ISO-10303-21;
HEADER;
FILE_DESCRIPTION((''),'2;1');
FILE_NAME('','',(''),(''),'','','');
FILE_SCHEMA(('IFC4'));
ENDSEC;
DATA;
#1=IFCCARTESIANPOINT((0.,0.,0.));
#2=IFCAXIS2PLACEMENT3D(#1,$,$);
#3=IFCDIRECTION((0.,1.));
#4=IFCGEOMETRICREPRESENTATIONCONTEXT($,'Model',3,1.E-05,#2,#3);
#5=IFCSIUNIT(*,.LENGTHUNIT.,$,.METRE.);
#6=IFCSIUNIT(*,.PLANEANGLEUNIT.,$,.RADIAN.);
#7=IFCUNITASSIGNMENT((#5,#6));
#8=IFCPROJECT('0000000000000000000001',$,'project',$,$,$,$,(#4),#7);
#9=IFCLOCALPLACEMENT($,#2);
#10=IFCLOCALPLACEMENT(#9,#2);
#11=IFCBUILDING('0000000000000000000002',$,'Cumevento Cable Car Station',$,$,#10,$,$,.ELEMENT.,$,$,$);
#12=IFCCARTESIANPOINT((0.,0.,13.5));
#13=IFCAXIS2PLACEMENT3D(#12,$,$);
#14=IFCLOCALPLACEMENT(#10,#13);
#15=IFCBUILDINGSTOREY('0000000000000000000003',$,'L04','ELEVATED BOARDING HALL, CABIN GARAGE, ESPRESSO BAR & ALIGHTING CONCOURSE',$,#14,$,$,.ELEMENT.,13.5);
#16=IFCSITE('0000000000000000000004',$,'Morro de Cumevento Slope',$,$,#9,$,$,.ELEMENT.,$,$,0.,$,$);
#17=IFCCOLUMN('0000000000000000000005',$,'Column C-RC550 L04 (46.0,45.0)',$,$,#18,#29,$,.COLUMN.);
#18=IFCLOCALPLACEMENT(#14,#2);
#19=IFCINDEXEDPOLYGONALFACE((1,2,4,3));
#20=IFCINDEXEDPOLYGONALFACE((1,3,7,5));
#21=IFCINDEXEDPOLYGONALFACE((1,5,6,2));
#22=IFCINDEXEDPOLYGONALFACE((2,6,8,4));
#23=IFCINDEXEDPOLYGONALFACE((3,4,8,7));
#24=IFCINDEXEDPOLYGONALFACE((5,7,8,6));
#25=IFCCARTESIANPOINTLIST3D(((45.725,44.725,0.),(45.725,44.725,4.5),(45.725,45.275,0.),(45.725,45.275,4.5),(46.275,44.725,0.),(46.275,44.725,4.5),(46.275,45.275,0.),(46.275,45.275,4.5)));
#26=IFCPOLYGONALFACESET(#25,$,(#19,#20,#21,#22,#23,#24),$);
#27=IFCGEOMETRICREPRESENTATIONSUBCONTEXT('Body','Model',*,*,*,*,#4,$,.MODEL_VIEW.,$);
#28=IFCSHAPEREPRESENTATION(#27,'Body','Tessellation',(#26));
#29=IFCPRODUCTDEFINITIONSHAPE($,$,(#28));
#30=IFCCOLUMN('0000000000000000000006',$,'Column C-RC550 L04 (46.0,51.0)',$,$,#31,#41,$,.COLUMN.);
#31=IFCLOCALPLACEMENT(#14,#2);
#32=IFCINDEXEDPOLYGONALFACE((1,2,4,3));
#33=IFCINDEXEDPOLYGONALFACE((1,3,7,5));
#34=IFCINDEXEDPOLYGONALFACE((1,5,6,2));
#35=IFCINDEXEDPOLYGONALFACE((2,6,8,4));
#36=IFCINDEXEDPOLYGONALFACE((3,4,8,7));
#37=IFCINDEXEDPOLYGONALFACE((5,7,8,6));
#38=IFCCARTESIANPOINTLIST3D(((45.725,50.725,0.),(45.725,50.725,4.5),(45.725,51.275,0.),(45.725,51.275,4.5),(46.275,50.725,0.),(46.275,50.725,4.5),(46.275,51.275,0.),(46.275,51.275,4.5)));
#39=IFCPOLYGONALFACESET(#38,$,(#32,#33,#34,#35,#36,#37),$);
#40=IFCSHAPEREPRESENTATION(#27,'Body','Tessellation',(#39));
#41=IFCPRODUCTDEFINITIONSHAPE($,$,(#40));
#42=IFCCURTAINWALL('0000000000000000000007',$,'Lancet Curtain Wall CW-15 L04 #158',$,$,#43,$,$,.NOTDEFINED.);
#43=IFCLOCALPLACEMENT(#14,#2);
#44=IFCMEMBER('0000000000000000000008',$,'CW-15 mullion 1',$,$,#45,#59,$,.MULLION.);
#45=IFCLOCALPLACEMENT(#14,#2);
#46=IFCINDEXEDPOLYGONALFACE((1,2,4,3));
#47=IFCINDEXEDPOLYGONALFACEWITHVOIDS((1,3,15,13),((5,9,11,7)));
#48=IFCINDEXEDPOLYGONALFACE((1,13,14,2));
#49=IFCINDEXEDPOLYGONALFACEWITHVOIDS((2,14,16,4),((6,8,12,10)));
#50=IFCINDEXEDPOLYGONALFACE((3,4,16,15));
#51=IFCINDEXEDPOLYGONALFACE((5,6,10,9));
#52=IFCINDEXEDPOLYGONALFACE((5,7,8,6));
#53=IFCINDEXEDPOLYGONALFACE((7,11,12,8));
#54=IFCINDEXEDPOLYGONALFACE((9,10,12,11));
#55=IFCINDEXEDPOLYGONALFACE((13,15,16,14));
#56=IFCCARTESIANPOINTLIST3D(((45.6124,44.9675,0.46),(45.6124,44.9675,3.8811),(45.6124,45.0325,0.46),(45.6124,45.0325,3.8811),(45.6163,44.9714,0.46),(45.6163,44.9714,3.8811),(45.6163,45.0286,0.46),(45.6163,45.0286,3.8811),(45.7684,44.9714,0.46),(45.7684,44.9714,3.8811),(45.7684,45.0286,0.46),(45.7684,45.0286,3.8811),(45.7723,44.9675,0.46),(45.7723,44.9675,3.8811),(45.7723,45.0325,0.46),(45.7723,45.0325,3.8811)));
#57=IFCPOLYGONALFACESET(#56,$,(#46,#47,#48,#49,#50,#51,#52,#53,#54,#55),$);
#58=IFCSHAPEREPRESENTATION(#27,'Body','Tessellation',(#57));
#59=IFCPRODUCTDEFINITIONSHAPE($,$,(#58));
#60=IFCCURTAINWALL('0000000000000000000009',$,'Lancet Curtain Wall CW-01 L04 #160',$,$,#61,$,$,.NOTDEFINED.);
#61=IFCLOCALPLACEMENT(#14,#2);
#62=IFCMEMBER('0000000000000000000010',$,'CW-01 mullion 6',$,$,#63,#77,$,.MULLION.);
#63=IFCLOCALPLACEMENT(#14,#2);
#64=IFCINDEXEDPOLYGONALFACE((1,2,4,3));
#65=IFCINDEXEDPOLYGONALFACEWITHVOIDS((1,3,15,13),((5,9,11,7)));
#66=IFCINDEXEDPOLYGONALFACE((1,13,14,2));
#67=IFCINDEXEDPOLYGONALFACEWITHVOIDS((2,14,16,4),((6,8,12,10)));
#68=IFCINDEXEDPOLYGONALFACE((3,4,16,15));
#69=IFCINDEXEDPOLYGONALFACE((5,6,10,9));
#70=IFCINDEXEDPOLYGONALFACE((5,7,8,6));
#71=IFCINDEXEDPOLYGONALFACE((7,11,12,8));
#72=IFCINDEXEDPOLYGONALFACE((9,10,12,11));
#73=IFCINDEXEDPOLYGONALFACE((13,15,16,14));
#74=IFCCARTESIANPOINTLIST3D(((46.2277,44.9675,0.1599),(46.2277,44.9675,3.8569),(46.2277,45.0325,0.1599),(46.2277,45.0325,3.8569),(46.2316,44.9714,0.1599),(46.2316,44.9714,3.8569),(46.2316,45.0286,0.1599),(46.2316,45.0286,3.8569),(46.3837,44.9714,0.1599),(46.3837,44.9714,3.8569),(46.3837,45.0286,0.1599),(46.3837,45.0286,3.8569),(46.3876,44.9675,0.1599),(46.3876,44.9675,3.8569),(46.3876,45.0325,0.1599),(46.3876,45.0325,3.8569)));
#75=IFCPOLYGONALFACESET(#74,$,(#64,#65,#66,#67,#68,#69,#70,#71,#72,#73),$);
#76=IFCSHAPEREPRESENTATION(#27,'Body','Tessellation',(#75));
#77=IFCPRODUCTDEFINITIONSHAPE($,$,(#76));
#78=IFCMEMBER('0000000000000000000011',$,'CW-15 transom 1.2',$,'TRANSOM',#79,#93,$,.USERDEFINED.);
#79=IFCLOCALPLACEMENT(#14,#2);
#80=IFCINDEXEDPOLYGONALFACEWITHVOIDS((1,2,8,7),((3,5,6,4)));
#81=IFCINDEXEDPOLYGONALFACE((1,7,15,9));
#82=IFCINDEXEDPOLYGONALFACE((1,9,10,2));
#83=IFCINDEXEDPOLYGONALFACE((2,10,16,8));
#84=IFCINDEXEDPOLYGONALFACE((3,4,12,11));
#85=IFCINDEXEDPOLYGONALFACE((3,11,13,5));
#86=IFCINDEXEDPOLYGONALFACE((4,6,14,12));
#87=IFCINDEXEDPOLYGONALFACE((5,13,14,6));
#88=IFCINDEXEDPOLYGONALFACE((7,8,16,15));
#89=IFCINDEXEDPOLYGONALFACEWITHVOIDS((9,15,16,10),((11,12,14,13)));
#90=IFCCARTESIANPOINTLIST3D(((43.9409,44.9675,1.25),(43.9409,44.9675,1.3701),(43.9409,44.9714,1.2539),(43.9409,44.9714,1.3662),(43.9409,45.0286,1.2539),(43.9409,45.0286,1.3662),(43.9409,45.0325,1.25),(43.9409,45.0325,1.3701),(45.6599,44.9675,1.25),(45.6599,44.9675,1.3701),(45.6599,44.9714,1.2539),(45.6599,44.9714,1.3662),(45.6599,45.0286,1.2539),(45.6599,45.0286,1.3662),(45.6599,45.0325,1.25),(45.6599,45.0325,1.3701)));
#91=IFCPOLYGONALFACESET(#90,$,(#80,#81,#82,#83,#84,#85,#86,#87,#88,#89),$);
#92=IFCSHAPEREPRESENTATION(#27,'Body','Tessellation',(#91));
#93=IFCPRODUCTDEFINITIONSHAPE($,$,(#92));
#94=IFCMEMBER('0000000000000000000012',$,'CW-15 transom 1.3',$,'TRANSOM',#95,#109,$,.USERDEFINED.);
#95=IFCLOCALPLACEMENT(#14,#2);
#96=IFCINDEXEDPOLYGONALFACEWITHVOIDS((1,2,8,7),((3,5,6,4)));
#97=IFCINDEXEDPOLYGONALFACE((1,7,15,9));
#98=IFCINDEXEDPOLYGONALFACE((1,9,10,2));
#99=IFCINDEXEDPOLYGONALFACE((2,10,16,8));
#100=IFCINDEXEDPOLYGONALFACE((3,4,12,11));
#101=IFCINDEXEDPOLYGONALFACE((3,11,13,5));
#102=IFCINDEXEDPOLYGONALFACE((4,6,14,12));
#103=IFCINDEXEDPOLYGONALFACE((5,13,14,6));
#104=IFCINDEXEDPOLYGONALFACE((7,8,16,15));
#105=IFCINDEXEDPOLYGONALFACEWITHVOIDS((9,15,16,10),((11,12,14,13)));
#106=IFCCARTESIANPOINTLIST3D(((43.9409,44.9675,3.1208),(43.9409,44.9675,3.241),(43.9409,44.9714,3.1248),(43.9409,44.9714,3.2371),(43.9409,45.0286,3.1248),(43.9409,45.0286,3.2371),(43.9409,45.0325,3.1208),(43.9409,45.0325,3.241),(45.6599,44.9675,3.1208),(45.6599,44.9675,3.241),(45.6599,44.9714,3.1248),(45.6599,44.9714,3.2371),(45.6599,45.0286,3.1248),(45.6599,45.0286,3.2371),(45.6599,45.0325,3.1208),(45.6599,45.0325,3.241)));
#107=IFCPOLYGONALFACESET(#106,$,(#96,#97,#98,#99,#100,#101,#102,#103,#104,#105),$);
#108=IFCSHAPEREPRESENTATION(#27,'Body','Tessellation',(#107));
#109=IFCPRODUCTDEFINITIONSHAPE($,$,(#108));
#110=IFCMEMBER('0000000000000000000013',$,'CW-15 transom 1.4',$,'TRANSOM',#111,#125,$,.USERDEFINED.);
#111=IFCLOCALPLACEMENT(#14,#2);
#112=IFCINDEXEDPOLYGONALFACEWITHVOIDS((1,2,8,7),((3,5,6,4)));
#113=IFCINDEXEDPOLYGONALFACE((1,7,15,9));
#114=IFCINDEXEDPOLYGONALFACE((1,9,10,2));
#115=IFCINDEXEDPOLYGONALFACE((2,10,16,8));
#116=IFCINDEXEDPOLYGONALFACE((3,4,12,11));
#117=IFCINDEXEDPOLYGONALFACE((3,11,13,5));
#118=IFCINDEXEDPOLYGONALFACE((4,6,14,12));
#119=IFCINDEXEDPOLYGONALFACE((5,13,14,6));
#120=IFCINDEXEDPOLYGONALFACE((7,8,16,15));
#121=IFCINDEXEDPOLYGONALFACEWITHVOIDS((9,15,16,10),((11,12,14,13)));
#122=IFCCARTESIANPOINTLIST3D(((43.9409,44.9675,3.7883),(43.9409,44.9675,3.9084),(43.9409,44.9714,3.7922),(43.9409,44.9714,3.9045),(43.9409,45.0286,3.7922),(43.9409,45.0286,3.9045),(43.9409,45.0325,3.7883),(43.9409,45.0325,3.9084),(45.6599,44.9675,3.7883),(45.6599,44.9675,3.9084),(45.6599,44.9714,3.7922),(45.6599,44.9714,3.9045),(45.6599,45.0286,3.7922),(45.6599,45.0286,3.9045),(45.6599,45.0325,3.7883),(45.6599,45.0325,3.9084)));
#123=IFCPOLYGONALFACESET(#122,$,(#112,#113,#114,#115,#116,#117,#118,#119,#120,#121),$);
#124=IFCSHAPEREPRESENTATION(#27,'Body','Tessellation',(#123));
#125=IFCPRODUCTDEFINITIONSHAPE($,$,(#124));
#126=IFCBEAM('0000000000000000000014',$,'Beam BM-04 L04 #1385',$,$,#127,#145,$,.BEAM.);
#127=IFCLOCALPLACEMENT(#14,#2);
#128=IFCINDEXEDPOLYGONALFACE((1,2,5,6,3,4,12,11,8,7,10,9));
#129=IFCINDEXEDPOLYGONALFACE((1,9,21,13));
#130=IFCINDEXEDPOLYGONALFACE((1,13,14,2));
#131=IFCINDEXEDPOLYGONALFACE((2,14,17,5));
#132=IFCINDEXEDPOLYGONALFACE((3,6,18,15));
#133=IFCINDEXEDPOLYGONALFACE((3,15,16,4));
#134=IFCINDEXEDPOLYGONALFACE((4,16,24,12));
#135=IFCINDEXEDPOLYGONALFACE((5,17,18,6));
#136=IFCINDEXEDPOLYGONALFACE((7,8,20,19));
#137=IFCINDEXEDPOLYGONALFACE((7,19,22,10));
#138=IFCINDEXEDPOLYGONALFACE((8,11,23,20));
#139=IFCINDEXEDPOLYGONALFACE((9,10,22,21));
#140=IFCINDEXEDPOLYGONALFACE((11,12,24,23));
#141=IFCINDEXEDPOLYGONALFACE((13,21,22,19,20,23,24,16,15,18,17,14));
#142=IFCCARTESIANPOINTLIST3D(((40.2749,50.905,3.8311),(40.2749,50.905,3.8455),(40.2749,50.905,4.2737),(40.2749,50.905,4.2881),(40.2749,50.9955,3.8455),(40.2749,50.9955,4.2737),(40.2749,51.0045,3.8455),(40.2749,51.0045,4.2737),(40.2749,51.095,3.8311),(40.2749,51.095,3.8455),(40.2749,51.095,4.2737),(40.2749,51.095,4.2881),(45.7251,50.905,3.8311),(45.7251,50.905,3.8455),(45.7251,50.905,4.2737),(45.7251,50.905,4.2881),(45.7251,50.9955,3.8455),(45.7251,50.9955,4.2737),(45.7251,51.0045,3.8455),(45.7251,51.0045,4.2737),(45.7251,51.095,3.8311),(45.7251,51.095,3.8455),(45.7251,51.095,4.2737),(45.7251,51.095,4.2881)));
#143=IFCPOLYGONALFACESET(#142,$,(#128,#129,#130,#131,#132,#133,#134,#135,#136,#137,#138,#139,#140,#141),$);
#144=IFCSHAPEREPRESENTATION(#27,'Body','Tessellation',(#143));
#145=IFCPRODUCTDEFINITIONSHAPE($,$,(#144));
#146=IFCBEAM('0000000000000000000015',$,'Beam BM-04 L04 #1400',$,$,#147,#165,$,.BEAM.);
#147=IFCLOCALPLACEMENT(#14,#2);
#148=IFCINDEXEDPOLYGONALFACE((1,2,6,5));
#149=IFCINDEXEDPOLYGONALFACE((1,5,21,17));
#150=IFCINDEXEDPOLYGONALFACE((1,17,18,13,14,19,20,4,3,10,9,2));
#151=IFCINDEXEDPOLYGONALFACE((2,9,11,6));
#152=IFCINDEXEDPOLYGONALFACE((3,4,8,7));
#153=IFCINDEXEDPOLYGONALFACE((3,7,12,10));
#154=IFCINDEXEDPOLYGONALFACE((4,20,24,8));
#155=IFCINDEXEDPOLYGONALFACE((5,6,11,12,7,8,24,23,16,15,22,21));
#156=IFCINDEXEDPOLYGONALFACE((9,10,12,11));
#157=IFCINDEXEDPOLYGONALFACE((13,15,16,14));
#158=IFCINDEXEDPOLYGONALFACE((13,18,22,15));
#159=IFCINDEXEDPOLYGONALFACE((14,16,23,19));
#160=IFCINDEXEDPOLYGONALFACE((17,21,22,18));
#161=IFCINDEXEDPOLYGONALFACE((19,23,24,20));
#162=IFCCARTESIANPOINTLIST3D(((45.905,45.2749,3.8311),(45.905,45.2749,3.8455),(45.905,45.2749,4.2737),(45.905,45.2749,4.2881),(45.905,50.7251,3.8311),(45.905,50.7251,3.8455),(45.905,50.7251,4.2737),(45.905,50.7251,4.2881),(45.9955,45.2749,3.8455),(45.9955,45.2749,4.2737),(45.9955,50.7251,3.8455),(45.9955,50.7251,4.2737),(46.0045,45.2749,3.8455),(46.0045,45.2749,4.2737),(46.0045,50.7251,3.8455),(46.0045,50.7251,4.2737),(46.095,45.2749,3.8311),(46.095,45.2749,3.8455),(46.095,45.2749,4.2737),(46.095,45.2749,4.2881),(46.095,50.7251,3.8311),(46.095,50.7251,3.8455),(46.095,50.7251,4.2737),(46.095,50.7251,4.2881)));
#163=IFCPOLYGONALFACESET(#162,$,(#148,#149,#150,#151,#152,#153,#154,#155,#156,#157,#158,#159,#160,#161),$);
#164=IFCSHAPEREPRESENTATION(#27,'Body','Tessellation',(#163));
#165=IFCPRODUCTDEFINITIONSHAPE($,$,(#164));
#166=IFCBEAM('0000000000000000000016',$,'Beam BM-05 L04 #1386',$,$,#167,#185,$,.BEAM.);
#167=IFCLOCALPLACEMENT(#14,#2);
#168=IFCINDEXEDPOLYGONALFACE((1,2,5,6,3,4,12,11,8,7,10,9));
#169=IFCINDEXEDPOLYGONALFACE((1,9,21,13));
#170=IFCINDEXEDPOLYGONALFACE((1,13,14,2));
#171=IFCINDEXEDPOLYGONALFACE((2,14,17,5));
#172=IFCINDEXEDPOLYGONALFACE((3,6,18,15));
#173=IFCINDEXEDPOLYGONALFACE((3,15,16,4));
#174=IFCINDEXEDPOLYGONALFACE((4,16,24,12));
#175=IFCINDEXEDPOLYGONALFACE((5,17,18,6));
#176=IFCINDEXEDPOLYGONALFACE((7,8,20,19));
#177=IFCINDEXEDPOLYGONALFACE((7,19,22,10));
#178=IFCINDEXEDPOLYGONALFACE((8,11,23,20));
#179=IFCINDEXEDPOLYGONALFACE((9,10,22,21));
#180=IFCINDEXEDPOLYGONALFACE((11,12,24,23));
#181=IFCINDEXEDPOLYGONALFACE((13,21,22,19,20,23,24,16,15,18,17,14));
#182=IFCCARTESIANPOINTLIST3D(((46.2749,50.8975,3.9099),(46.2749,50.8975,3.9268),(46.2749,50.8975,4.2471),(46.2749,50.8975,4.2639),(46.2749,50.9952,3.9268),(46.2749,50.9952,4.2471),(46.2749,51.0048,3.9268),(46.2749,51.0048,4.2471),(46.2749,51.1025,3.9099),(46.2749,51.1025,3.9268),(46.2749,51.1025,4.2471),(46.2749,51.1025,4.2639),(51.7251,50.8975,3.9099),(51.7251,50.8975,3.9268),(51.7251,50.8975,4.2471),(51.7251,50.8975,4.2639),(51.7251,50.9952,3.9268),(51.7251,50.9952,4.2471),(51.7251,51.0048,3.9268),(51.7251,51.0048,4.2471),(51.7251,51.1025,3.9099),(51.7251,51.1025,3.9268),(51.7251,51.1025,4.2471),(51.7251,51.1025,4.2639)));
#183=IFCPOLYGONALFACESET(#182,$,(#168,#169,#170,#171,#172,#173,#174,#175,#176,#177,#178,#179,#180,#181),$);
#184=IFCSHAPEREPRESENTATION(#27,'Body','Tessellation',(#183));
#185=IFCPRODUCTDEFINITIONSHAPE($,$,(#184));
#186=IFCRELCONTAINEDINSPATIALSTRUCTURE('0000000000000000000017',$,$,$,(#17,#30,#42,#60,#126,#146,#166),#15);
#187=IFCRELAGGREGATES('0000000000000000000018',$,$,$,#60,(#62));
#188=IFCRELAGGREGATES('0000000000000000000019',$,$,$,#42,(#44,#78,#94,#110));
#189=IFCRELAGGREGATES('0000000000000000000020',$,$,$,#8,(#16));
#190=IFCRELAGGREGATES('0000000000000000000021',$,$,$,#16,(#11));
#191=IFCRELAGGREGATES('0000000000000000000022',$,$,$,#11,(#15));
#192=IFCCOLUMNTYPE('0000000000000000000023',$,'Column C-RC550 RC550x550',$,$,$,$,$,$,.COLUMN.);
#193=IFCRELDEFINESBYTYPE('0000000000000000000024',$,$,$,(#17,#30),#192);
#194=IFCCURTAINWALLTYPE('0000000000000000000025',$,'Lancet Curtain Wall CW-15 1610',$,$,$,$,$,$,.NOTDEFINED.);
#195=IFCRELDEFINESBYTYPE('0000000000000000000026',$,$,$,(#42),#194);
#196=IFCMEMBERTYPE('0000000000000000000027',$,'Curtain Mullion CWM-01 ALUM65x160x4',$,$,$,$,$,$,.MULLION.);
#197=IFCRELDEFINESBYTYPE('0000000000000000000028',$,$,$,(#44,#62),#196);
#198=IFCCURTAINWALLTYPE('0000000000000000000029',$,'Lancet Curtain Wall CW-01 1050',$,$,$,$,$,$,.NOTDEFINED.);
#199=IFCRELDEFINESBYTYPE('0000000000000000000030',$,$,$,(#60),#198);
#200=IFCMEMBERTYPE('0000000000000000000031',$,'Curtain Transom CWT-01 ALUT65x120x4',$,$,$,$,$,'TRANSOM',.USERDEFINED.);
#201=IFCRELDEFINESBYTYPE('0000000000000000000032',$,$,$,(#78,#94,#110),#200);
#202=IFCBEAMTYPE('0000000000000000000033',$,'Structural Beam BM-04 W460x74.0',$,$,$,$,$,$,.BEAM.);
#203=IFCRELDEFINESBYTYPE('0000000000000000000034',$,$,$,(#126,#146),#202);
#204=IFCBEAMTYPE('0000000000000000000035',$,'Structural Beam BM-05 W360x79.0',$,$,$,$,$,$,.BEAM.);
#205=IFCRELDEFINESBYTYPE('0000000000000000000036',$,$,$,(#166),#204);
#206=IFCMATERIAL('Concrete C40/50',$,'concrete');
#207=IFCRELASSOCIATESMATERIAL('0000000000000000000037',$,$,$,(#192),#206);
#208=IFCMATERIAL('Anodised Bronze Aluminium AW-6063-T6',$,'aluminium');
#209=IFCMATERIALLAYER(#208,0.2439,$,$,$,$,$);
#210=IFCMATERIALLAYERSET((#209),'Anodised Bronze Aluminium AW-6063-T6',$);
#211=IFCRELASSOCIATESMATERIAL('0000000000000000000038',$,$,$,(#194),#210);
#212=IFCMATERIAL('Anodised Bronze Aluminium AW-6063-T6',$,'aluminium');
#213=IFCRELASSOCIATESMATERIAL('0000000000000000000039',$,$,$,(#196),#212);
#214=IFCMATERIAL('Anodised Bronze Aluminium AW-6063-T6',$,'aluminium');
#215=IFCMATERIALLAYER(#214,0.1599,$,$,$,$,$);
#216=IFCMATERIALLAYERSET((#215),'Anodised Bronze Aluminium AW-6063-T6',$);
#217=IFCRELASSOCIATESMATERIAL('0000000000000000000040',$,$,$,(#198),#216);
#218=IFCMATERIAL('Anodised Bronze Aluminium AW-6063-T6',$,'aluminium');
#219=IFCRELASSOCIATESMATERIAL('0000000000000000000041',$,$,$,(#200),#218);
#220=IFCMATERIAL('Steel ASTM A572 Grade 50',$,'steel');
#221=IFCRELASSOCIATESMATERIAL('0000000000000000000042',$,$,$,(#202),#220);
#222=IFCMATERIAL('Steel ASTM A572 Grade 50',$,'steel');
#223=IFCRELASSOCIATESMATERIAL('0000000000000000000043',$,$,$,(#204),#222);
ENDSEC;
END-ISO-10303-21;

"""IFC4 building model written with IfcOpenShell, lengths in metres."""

from ifc_helpers import new_model, si_unit, direction, frame, origin, origin_2d, place, context, subcontext, project, spatial, rectangle, hollow_rectangle, i_section, extrude, material, layer, layer_set, material_profile, profile_set, type_object, element, aggregate, save


model = new_model("IFC4")

# Units and contexts
model_context = context("Model", 3, precision=1e-05, world=origin(), true_north=direction((0.0, 1.0)))
body_context = subcontext(model_context, "Body", "Model", "MODEL_VIEW")
ifc_project = project(units=[si_unit("LENGTHUNIT", "METRE"), si_unit("PLANEANGLEUNIT", "RADIAN")], contexts=[model_context])

# Site, building, storey
site_placement = place(None, origin())
site = spatial("IfcSite", under=ifc_project, at=site_placement, Name="Morro de Cumevento Slope", CompositionType="ELEMENT", RefElevation=0.0)
building_placement = place(site_placement, origin())
building = spatial("IfcBuilding", under=site, at=building_placement, Name="Cumevento Cable Car Station", CompositionType="ELEMENT")
storey_placement = place(building_placement, frame((0.0, 0.0, 13.5)))
storey = spatial("IfcBuildingStorey", under=building, at=storey_placement, Name="L04", Description="ELEVATED BOARDING HALL, CABIN GARAGE, ESPRESSO BAR & ALIGHTING CONCOURSE", CompositionType="ELEMENT", Elevation=13.5)

# Columns
ifc_material_1 = material(Name="Concrete C40/50", Category="concrete")
ifc_material_profile_1 = material_profile(ifc_material_1, rectangle(XDim=0.55, YDim=0.55, at=origin_2d()), Name="RC550x550")
ifc_profile_set_1 = profile_set([ifc_material_profile_1], Name="Concrete C40/50")
column_type = type_object("IfcColumnType", Name="Column C-RC550 RC550x550", PredefinedType="COLUMN", material=ifc_profile_set_1)
for number, where, z_axis, x_axis, name in (
    (1, (46.0, 45.0, 0.0), (0.0, 0.0, 1.0), (1.0, 0.0, 0.0), "Column C-RC550 L04 (46.0,45.0)"),
    (2, (46.0, 51.0, 0.0), (0.0, 0.0, 1.0), (1.0, 0.0, 0.0), "Column C-RC550 L04 (46.0,51.0)"),
):
    element("IfcColumn", number, at=place(storey_placement, frame(where, z_axis=z_axis, x_axis=x_axis)), inside=storey, type_object=column_type, Name=name, PredefinedType="COLUMN", context=body_context, shape_type="SweptSolid", body=[
        extrude(rectangle(XDim=0.55, YDim=0.55, at=origin_2d()), origin(), (0.0, 0.0, 1.0), 4.5),
    ])

# Curtain walls, members
ifc_material_2 = material(Name="Anodised Bronze Aluminium AW-6063-T6", Category="aluminium")
ifc_layer_1 = layer(ifc_material_2, 0.2439)
ifc_layer_set_1 = layer_set([ifc_layer_1], Name="Anodised Bronze Aluminium AW-6063-T6")
curtain_wall_type_1 = type_object("IfcCurtainWallType", Name="Lancet Curtain Wall CW-15 1610", PredefinedType="NOTDEFINED", material=ifc_layer_set_1)
curtain_wall_1_placement = place(storey_placement, origin())
curtain_wall_1 = element("IfcCurtainWall", 3, at=curtain_wall_1_placement, inside=storey, type_object=curtain_wall_type_1, Name="Lancet Curtain Wall CW-15 L04 #158", PredefinedType="NOTDEFINED")
ifc_material_3 = material(Name="Anodised Bronze Aluminium AW-6063-T6", Category="aluminium")
ifc_material_profile_2 = material_profile(ifc_material_3, hollow_rectangle(XDim=0.0649, YDim=0.1599, WallThickness=0.0039, at=origin_2d()), Name="ALUM65x160x4")
ifc_profile_set_2 = profile_set([ifc_material_profile_2], Name="Anodised Bronze Aluminium AW-6063-T6")
member_type_1 = type_object("IfcMemberType", Name="Curtain Mullion CWM-01 ALUM65x160x4", PredefinedType="MULLION", material=ifc_profile_set_2)
member_1_placement = place(storey_placement, frame((45.6924, 45.0, 0.46), z_axis=(0.0, 0.0, 1.0), x_axis=(0.0, -1.0, 0.0)))
member_1 = element("IfcMember", 4, at=member_1_placement, type_object=member_type_1, Name="CW-15 mullion 1", PredefinedType="MULLION", context=body_context, shape_type="SweptSolid", body=[
    extrude(hollow_rectangle(XDim=0.0649, YDim=0.1599, WallThickness=0.0039, at=origin_2d()), origin(), (0.0, 0.0, 1.0), 3.4211),
])
ifc_material_4 = material(Name="Anodised Bronze Aluminium AW-6063-T6", Category="aluminium")
ifc_layer_2 = layer(ifc_material_4, 0.1599)
ifc_layer_set_2 = layer_set([ifc_layer_2], Name="Anodised Bronze Aluminium AW-6063-T6")
curtain_wall_type_2 = type_object("IfcCurtainWallType", Name="Lancet Curtain Wall CW-01 1050", PredefinedType="NOTDEFINED", material=ifc_layer_set_2)
curtain_wall_2_placement = place(storey_placement, origin())
curtain_wall_2 = element("IfcCurtainWall", 5, at=curtain_wall_2_placement, inside=storey, type_object=curtain_wall_type_2, Name="Lancet Curtain Wall CW-01 L04 #160", PredefinedType="NOTDEFINED")
member_2_placement = place(storey_placement, frame((46.3076, 45.0, 0.1599), z_axis=(0.0, 0.0, 1.0), x_axis=(0.0, -1.0, 0.0)))
member_2 = element("IfcMember", 6, at=member_2_placement, type_object=member_type_1, Name="CW-01 mullion 6", PredefinedType="MULLION", context=body_context, shape_type="SweptSolid", body=[
    extrude(hollow_rectangle(XDim=0.0649, YDim=0.1599, WallThickness=0.0039, at=origin_2d()), origin(), (0.0, 0.0, 1.0), 3.697),
])
aggregate(curtain_wall_2, [member_2])

# Members
ifc_material_5 = material(Name="Anodised Bronze Aluminium AW-6063-T6", Category="aluminium")
ifc_material_profile_3 = material_profile(ifc_material_5, hollow_rectangle(XDim=0.0649, YDim=0.1201, WallThickness=0.0039, at=origin_2d()), Name="ALUT65x120x4")
ifc_profile_set_3 = profile_set([ifc_material_profile_3], Name="Anodised Bronze Aluminium AW-6063-T6")
member_type_2 = type_object("IfcMemberType", Name="Curtain Transom CWT-01 ALUT65x120x4", ElementType="TRANSOM", PredefinedType="USERDEFINED", material=ifc_profile_set_3)
member_3_placement = place(storey_placement, frame((45.6599, 45.0, 1.3101), z_axis=(-1.0, 0.0, 0.0), x_axis=(0.0, -1.0, 0.0)))
member_3 = element("IfcMember", 7, at=member_3_placement, type_object=member_type_2, Name="CW-15 transom 1.2", ObjectType="TRANSOM", PredefinedType="USERDEFINED", context=body_context, shape_type="SweptSolid", body=[
    extrude(hollow_rectangle(XDim=0.0649, YDim=0.1201, WallThickness=0.0039, at=origin_2d()), origin(), (0.0, 0.0, 1.0), 1.719),
])
member_4_placement = place(storey_placement, frame((45.6599, 45.0, 3.1809), z_axis=(-1.0, 0.0, 0.0), x_axis=(0.0, -1.0, 0.0)))
member_4 = element("IfcMember", 8, at=member_4_placement, type_object=member_type_2, Name="CW-15 transom 1.3", ObjectType="TRANSOM", PredefinedType="USERDEFINED", context=body_context, shape_type="SweptSolid", body=[
    extrude(hollow_rectangle(XDim=0.0649, YDim=0.1201, WallThickness=0.0039, at=origin_2d()), origin(), (0.0, 0.0, 1.0), 1.719),
])
member_5_placement = place(storey_placement, frame((45.6599, 45.0, 3.8484), z_axis=(-1.0, 0.0, 0.0), x_axis=(0.0, -1.0, 0.0)))
member_5 = element("IfcMember", 9, at=member_5_placement, type_object=member_type_2, Name="CW-15 transom 1.4", ObjectType="TRANSOM", PredefinedType="USERDEFINED", context=body_context, shape_type="SweptSolid", body=[
    extrude(hollow_rectangle(XDim=0.0649, YDim=0.1201, WallThickness=0.0039, at=origin_2d()), origin(), (0.0, 0.0, 1.0), 1.719),
])
aggregate(curtain_wall_1, [member_1, member_3, member_4, member_5])

# Beams
ifc_material_6 = material(Name="Steel ASTM A572 Grade 50", Category="steel")
ifc_material_profile_4 = material_profile(ifc_material_6, i_section(OverallWidth=0.1899, OverallDepth=0.457, WebThickness=0.009, FlangeThickness=0.0144, at=origin_2d()), Name="W460x74.0")
ifc_profile_set_4 = profile_set([ifc_material_profile_4], Name="Steel ASTM A572 Grade 50")
beam_type_1 = type_object("IfcBeamType", Name="Structural Beam BM-04 W460x74.0", PredefinedType="BEAM", material=ifc_profile_set_4)
for number, where, z_axis, x_axis, name in (
    (10, (40.2749, 51.0, 4.0596), (1.0, 0.0, 0.0), (0.0, 1.0, 0.0), "Beam BM-04 L04 #1385"),
    (11, (46.0, 45.2749, 4.0596), (0.0, 1.0, 0.0), (-1.0, 0.0, 0.0), "Beam BM-04 L04 #1400"),
):
    element("IfcBeam", number, at=place(storey_placement, frame(where, z_axis=z_axis, x_axis=x_axis)), inside=storey, type_object=beam_type_1, Name=name, PredefinedType="BEAM", context=body_context, shape_type="SweptSolid", body=[
        extrude(i_section(OverallWidth=0.1899, OverallDepth=0.457, WebThickness=0.009, FlangeThickness=0.0144, at=origin_2d()), origin(), (0.0, 0.0, 1.0), 5.4502),
    ])
ifc_material_7 = material(Name="Steel ASTM A572 Grade 50", Category="steel")
ifc_material_profile_5 = material_profile(ifc_material_7, i_section(OverallWidth=0.2051, OverallDepth=0.354, WebThickness=0.0095, FlangeThickness=0.0168, at=origin_2d()), Name="W360x79.0")
ifc_profile_set_5 = profile_set([ifc_material_profile_5], Name="Steel ASTM A572 Grade 50")
beam_type_2 = type_object("IfcBeamType", Name="Structural Beam BM-05 W360x79.0", PredefinedType="BEAM", material=ifc_profile_set_5)
beam_1_placement = place(storey_placement, frame((46.2749, 51.0, 4.0869), z_axis=(1.0, 0.0, 0.0), x_axis=(0.0, 1.0, 0.0)))
element("IfcBeam", 12, at=beam_1_placement, inside=storey, type_object=beam_type_2, Name="Beam BM-05 L04 #1386", PredefinedType="BEAM", context=body_context, shape_type="SweptSolid", body=[
    extrude(i_section(OverallWidth=0.2051, OverallDepth=0.354, WebThickness=0.0095, FlangeThickness=0.0168, at=origin_2d()), origin(), (0.0, 0.0, 1.0), 5.4502),
])

save(model, "model.ifc")
